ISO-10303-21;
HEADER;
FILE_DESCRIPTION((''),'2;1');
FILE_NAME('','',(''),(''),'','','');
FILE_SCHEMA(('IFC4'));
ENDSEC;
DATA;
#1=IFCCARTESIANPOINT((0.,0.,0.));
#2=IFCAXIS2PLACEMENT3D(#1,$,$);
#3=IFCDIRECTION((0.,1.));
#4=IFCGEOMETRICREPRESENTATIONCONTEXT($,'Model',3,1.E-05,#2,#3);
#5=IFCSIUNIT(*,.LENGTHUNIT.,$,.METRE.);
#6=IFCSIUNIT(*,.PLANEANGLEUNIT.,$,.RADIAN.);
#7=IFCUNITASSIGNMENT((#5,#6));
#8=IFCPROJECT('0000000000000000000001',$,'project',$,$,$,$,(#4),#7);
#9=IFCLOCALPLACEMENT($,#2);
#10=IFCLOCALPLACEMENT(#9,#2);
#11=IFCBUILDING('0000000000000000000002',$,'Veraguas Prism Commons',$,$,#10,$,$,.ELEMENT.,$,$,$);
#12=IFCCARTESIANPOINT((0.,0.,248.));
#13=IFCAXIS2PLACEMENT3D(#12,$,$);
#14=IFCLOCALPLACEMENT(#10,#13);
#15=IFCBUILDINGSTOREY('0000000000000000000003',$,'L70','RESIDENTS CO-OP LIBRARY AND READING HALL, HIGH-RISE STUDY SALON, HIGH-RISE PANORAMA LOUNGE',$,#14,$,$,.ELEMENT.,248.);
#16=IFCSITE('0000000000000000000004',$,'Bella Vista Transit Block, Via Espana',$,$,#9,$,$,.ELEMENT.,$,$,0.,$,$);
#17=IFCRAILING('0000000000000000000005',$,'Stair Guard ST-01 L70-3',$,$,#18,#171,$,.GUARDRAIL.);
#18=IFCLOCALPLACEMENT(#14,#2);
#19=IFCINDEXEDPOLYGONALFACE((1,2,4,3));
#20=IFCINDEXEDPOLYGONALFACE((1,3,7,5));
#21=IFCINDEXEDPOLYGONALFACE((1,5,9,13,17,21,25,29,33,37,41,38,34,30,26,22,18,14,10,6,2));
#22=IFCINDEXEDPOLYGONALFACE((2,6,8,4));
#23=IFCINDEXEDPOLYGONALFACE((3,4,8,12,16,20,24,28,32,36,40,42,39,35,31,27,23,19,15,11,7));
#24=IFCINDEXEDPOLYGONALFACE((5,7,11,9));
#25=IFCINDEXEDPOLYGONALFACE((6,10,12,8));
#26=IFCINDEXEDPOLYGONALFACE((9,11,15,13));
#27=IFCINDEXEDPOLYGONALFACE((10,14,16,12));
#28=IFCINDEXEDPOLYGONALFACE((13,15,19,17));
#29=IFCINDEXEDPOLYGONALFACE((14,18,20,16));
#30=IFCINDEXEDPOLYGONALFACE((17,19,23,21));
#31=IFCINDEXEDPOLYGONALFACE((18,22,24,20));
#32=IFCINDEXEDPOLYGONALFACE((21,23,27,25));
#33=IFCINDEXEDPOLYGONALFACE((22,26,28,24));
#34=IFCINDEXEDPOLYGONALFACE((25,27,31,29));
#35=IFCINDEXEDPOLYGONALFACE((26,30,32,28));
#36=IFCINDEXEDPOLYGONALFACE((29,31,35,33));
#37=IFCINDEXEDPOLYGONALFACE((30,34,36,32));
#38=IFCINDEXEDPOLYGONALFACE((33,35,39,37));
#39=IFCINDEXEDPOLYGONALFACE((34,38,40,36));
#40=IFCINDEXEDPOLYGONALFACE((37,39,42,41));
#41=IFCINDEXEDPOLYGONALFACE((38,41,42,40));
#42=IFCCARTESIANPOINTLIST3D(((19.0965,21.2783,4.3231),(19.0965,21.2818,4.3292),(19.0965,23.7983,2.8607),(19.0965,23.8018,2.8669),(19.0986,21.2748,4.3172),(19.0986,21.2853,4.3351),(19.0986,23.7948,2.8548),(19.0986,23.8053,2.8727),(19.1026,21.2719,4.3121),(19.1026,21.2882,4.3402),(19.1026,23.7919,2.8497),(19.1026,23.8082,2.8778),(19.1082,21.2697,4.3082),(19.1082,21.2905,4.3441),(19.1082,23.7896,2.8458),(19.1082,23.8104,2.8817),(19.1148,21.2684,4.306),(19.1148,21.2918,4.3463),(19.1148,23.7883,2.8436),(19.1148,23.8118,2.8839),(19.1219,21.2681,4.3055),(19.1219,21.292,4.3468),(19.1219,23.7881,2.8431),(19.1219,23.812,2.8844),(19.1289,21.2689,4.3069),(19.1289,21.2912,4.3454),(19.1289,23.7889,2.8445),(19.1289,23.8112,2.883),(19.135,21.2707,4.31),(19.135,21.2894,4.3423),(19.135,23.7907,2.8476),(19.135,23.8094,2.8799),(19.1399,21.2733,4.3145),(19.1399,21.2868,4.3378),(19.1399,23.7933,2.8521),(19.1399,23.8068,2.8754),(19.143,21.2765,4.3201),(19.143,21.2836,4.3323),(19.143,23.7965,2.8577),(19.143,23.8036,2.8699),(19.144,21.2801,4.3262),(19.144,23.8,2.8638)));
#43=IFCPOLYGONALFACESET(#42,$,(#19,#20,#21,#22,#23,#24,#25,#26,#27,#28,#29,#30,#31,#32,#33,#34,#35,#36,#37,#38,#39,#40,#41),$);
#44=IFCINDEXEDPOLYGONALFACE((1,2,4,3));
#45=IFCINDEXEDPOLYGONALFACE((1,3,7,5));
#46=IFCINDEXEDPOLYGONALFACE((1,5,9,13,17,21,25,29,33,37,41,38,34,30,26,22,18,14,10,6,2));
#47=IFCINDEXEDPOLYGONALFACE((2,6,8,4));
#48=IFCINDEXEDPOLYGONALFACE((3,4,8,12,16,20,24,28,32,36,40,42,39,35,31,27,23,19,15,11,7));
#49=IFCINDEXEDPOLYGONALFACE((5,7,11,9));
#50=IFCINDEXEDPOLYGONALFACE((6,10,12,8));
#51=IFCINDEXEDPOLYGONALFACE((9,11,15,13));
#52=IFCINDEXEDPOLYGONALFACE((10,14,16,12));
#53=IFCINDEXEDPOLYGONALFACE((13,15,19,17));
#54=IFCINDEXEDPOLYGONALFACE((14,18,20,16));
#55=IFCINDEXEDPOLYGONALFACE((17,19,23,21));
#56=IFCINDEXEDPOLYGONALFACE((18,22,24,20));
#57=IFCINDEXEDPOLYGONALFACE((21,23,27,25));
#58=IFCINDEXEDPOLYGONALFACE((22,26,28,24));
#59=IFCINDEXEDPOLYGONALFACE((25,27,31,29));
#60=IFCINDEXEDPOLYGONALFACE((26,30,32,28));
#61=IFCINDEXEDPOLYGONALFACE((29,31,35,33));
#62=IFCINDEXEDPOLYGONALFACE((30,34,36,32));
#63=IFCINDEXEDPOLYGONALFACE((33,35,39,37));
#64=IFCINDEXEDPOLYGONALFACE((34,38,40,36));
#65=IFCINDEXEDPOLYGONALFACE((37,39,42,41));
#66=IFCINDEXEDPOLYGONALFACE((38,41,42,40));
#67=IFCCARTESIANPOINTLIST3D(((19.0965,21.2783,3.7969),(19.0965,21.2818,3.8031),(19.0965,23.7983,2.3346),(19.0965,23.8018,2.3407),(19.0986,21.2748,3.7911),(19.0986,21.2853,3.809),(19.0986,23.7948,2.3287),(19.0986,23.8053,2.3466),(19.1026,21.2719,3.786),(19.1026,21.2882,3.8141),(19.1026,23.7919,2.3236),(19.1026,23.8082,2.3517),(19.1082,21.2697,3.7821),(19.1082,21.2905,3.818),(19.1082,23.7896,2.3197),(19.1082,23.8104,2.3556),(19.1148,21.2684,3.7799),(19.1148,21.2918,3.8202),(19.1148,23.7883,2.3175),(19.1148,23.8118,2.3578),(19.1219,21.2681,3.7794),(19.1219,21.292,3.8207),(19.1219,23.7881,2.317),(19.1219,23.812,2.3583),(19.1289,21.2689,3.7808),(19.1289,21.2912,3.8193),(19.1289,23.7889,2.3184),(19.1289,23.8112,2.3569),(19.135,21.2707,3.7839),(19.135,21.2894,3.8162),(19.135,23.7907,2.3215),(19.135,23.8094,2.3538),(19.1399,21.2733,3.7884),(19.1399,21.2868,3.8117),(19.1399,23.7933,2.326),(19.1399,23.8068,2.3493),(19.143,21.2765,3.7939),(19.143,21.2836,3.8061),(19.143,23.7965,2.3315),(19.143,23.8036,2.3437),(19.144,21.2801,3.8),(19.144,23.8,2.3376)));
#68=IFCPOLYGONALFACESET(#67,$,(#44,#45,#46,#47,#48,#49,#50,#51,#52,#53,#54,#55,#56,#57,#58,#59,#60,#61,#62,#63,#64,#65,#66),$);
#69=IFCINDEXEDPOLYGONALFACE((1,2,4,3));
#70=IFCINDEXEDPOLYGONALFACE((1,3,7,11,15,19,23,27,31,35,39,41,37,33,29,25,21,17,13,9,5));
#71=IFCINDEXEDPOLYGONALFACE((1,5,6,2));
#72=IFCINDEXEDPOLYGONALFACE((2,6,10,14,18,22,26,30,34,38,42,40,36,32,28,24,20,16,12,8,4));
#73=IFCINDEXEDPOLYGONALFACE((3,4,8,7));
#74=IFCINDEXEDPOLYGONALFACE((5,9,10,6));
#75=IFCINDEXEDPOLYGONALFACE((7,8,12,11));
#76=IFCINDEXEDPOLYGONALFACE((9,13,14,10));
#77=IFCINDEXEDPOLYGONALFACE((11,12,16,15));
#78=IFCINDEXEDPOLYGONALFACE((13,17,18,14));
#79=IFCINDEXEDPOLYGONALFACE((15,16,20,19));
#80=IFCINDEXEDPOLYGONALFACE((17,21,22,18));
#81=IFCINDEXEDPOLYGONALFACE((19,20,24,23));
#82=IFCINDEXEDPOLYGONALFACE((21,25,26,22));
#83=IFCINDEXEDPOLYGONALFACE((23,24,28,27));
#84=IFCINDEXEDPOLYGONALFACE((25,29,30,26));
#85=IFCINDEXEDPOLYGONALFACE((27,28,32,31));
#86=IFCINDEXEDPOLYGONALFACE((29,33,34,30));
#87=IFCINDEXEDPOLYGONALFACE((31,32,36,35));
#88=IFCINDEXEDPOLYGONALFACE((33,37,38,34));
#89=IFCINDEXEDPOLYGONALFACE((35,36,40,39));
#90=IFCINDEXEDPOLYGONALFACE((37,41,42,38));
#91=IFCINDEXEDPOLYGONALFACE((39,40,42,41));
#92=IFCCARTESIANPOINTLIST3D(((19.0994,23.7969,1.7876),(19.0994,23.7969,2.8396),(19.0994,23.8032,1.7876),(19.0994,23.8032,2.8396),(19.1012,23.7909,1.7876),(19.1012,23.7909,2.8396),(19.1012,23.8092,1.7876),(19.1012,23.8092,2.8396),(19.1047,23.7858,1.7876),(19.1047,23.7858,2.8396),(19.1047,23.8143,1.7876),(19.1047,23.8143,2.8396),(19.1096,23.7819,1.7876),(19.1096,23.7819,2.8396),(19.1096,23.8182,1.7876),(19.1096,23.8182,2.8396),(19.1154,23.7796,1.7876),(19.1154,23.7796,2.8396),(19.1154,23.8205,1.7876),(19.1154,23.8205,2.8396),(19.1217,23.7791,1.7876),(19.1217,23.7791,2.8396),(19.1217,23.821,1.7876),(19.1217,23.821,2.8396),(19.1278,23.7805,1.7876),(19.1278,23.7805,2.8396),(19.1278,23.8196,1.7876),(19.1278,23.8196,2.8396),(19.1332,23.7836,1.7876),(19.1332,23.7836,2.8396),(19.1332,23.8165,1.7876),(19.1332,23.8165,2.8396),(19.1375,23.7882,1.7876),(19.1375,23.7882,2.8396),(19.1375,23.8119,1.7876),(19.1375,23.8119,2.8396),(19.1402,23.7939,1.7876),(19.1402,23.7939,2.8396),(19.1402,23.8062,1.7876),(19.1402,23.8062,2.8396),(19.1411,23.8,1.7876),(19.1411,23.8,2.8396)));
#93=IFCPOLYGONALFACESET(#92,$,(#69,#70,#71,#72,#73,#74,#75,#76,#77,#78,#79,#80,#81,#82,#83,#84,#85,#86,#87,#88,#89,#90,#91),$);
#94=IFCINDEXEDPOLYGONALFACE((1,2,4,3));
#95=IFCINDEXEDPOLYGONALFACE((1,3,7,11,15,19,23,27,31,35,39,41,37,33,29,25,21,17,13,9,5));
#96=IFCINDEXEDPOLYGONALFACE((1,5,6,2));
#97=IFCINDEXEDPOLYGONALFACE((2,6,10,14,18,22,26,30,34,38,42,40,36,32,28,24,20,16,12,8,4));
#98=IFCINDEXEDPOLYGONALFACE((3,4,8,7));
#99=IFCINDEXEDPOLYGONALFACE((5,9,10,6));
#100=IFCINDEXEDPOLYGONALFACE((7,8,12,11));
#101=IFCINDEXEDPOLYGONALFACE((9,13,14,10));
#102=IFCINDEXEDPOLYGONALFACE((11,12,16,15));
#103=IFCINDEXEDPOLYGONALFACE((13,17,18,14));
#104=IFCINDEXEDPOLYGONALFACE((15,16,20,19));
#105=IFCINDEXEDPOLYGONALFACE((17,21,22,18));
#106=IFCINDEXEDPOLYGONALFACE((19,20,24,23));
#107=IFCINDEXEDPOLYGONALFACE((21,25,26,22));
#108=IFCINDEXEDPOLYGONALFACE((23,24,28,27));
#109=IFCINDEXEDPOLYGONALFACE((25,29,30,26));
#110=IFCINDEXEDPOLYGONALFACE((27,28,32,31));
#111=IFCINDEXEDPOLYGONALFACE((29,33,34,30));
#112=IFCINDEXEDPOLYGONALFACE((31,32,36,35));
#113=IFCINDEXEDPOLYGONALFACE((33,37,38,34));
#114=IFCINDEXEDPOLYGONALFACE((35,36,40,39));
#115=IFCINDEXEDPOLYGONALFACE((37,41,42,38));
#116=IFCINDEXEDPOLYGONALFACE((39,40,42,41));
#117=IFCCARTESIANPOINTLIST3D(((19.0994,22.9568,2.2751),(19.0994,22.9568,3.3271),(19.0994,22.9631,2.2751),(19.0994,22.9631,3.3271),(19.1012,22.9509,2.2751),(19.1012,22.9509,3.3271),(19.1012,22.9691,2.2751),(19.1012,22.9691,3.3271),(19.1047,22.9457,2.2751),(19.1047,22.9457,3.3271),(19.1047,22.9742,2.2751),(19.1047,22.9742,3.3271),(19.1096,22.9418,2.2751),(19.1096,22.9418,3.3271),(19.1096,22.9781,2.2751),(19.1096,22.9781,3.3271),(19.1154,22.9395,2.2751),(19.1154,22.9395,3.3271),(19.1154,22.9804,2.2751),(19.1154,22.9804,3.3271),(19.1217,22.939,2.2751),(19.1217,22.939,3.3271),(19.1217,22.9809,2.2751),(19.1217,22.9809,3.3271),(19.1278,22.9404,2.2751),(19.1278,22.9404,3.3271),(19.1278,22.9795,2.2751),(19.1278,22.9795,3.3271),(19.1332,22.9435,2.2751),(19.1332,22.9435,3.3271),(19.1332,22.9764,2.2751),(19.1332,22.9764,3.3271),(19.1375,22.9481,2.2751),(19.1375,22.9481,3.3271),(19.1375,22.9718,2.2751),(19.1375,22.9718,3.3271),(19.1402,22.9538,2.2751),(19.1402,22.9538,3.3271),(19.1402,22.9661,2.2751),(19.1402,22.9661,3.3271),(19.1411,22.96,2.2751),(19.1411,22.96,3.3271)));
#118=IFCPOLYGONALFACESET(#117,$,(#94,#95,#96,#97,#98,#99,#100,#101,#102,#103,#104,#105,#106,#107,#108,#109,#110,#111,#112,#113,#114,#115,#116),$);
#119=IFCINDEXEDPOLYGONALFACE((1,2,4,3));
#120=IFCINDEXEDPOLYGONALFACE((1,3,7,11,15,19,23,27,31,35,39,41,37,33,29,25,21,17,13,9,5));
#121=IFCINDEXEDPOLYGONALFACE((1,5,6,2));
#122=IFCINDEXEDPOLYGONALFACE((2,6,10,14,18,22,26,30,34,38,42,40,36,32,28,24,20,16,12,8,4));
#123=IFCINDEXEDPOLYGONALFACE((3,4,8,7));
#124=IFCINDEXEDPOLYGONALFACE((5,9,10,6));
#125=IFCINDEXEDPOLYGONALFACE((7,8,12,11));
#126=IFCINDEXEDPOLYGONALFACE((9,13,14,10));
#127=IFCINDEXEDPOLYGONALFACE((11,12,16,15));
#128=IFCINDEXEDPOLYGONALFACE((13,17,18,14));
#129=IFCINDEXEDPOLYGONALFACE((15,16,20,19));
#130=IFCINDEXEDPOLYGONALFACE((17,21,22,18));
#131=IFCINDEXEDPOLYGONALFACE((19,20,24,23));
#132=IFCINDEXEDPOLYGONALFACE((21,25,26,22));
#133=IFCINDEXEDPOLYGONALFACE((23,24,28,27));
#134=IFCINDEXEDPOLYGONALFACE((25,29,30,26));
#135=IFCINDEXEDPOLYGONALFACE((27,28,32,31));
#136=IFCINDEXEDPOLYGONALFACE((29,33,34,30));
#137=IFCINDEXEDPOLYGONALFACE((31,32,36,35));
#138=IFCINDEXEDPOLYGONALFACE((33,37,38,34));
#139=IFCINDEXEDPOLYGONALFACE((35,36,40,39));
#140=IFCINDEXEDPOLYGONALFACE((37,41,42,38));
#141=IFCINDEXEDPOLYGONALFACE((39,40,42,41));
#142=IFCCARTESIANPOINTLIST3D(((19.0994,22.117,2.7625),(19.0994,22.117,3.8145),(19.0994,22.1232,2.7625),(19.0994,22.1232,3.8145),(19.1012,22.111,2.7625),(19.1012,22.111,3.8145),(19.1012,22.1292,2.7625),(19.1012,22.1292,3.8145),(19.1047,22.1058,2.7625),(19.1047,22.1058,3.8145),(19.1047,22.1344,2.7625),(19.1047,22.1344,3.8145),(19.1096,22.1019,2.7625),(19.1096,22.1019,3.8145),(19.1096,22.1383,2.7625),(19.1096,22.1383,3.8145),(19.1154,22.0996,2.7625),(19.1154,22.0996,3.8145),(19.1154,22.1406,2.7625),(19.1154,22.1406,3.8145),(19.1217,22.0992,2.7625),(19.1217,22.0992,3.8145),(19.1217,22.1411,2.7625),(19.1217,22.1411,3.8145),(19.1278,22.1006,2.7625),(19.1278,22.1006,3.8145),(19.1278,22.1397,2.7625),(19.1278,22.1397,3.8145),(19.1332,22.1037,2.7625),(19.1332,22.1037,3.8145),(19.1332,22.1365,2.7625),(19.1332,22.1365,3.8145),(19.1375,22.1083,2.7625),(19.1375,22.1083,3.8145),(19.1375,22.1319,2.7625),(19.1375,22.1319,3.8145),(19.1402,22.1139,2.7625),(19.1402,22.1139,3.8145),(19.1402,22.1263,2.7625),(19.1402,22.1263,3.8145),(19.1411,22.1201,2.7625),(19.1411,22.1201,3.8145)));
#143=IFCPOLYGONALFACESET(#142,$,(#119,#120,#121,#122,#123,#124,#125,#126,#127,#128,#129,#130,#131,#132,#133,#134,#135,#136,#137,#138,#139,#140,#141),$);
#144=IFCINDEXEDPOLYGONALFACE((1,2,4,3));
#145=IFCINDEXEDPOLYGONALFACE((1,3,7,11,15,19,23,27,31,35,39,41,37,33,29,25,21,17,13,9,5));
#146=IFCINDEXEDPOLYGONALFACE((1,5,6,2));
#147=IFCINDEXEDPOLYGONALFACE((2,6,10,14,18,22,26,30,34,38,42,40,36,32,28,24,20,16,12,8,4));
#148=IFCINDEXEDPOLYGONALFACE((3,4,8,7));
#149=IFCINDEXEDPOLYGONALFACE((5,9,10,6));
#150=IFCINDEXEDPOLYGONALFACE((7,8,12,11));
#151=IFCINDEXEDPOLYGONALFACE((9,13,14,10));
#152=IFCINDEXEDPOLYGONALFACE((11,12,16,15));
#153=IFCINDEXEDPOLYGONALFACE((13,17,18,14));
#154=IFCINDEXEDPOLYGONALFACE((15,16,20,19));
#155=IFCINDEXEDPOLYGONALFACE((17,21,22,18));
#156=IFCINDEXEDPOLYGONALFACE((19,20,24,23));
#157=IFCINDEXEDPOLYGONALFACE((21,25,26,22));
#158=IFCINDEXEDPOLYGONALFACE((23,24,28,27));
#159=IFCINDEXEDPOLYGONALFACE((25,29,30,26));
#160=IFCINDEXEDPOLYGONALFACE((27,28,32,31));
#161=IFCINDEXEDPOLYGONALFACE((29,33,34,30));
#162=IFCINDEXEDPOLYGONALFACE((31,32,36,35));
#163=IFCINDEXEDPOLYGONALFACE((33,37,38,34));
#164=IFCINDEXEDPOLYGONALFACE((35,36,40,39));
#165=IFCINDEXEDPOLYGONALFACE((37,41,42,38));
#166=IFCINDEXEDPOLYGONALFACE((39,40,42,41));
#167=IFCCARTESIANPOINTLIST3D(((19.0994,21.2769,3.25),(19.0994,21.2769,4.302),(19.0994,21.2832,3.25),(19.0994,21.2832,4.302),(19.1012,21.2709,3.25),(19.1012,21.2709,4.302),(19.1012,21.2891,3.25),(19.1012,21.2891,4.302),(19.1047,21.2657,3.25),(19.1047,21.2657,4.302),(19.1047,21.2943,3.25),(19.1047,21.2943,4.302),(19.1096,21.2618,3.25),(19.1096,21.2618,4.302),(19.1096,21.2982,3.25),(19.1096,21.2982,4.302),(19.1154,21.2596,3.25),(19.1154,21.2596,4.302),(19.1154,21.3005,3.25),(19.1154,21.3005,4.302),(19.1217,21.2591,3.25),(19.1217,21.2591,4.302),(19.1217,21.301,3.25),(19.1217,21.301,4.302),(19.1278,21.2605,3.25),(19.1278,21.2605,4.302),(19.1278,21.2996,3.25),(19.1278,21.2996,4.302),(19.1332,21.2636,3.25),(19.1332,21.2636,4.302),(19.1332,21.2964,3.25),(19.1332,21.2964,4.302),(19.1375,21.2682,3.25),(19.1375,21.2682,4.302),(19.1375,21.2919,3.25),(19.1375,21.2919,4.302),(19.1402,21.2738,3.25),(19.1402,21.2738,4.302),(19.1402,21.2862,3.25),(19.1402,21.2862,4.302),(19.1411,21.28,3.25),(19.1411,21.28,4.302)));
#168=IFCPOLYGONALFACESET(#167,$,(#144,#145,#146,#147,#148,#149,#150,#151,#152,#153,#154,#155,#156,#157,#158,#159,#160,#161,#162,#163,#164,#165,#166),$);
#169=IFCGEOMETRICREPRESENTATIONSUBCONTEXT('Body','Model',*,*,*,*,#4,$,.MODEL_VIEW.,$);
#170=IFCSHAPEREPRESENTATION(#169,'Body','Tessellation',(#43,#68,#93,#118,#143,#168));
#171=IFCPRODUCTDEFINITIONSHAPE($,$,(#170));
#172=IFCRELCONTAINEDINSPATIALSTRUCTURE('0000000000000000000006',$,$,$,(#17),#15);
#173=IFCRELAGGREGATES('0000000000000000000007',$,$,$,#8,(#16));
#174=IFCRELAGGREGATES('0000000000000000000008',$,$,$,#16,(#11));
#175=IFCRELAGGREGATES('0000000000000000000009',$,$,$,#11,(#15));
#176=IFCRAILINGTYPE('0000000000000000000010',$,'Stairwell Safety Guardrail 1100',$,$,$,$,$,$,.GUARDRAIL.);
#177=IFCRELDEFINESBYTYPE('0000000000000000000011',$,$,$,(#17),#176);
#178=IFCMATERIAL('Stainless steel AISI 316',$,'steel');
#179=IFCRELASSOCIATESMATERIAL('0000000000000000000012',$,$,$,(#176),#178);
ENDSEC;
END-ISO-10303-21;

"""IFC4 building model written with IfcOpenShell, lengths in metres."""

from ifc_helpers import new_model, si_unit, direction, frame, origin, origin_2d, place, context, subcontext, project, spatial, circle, extrude, material, type_object, element, save


model = new_model("IFC4")

# Units and contexts
model_context = context("Model", 3, precision=1e-05, world=origin(), true_north=direction((0.0, 1.0)))
body_context = subcontext(model_context, "Body", "Model", "MODEL_VIEW")
ifc_project = project(units=[si_unit("LENGTHUNIT", "METRE"), si_unit("PLANEANGLEUNIT", "RADIAN")], contexts=[model_context])

# Site, building, storey
site_placement = place(None, origin())
site = spatial("IfcSite", under=ifc_project, at=site_placement, Name="Bella Vista Transit Block, Via Espana", CompositionType="ELEMENT", RefElevation=0.0)
building_placement = place(site_placement, origin())
building = spatial("IfcBuilding", under=site, at=building_placement, Name="Veraguas Prism Commons", CompositionType="ELEMENT")
storey_placement = place(building_placement, frame((0.0, 0.0, 248.0)))
storey = spatial("IfcBuildingStorey", under=building, at=storey_placement, Name="L70", Description="RESIDENTS CO-OP LIBRARY AND READING HALL, HIGH-RISE STUDY SALON, HIGH-RISE PANORAMA LOUNGE", CompositionType="ELEMENT", Elevation=248.0)

# Shared definitions
ifc_material_1 = material(Name="Stainless steel AISI 316", Category="steel")

# Railing
railing_type_1 = type_object("IfcRailingType", Name="Stairwell Safety Guardrail 1100", PredefinedType="GUARDRAIL", material=ifc_material_1)
railing_1_placement = place(storey_placement, frame((19.1201, 23.8, 1.7876)))
element("IfcRailing", 1, at=railing_1_placement, inside=storey, type_object=railing_type_1, Name="Stair Guard ST-01 L70-3", PredefinedType="GUARDRAIL", context=body_context, shape_type="SweptSolid", body=[
    extrude(circle(Radius=0.0239, at=origin_2d()), frame((0.0, 0.0, 1.0762), z_axis=(0.0, -0.864913, 0.501921), x_axis=(1.0, 0.0, 0.0)), (0.0, 0.0, 1.0), 2.9136),
    extrude(circle(Radius=0.0239, at=origin_2d()), frame((0.0, 0.0, 0.55), z_axis=(0.0, -0.864913, 0.501921), x_axis=(1.0, 0.0, 0.0)), (0.0, 0.0, 1.0), 2.9136),
    extrude(circle(Radius=0.021, at=origin_2d()), origin(), (0.0, 0.0, 1.0), 1.052),
    extrude(circle(Radius=0.021, at=origin_2d()), frame((0.0, -0.8401, 0.4875)), (0.0, 0.0, 1.0), 1.052),
    extrude(circle(Radius=0.021, at=origin_2d()), frame((0.0, -1.6799, 0.9749)), (0.0, 0.0, 1.0), 1.052),
    extrude(circle(Radius=0.021, at=origin_2d()), frame((0.0, -2.52, 1.4624)), (0.0, 0.0, 1.0), 1.052),
])

save(model, "model.ifc")
